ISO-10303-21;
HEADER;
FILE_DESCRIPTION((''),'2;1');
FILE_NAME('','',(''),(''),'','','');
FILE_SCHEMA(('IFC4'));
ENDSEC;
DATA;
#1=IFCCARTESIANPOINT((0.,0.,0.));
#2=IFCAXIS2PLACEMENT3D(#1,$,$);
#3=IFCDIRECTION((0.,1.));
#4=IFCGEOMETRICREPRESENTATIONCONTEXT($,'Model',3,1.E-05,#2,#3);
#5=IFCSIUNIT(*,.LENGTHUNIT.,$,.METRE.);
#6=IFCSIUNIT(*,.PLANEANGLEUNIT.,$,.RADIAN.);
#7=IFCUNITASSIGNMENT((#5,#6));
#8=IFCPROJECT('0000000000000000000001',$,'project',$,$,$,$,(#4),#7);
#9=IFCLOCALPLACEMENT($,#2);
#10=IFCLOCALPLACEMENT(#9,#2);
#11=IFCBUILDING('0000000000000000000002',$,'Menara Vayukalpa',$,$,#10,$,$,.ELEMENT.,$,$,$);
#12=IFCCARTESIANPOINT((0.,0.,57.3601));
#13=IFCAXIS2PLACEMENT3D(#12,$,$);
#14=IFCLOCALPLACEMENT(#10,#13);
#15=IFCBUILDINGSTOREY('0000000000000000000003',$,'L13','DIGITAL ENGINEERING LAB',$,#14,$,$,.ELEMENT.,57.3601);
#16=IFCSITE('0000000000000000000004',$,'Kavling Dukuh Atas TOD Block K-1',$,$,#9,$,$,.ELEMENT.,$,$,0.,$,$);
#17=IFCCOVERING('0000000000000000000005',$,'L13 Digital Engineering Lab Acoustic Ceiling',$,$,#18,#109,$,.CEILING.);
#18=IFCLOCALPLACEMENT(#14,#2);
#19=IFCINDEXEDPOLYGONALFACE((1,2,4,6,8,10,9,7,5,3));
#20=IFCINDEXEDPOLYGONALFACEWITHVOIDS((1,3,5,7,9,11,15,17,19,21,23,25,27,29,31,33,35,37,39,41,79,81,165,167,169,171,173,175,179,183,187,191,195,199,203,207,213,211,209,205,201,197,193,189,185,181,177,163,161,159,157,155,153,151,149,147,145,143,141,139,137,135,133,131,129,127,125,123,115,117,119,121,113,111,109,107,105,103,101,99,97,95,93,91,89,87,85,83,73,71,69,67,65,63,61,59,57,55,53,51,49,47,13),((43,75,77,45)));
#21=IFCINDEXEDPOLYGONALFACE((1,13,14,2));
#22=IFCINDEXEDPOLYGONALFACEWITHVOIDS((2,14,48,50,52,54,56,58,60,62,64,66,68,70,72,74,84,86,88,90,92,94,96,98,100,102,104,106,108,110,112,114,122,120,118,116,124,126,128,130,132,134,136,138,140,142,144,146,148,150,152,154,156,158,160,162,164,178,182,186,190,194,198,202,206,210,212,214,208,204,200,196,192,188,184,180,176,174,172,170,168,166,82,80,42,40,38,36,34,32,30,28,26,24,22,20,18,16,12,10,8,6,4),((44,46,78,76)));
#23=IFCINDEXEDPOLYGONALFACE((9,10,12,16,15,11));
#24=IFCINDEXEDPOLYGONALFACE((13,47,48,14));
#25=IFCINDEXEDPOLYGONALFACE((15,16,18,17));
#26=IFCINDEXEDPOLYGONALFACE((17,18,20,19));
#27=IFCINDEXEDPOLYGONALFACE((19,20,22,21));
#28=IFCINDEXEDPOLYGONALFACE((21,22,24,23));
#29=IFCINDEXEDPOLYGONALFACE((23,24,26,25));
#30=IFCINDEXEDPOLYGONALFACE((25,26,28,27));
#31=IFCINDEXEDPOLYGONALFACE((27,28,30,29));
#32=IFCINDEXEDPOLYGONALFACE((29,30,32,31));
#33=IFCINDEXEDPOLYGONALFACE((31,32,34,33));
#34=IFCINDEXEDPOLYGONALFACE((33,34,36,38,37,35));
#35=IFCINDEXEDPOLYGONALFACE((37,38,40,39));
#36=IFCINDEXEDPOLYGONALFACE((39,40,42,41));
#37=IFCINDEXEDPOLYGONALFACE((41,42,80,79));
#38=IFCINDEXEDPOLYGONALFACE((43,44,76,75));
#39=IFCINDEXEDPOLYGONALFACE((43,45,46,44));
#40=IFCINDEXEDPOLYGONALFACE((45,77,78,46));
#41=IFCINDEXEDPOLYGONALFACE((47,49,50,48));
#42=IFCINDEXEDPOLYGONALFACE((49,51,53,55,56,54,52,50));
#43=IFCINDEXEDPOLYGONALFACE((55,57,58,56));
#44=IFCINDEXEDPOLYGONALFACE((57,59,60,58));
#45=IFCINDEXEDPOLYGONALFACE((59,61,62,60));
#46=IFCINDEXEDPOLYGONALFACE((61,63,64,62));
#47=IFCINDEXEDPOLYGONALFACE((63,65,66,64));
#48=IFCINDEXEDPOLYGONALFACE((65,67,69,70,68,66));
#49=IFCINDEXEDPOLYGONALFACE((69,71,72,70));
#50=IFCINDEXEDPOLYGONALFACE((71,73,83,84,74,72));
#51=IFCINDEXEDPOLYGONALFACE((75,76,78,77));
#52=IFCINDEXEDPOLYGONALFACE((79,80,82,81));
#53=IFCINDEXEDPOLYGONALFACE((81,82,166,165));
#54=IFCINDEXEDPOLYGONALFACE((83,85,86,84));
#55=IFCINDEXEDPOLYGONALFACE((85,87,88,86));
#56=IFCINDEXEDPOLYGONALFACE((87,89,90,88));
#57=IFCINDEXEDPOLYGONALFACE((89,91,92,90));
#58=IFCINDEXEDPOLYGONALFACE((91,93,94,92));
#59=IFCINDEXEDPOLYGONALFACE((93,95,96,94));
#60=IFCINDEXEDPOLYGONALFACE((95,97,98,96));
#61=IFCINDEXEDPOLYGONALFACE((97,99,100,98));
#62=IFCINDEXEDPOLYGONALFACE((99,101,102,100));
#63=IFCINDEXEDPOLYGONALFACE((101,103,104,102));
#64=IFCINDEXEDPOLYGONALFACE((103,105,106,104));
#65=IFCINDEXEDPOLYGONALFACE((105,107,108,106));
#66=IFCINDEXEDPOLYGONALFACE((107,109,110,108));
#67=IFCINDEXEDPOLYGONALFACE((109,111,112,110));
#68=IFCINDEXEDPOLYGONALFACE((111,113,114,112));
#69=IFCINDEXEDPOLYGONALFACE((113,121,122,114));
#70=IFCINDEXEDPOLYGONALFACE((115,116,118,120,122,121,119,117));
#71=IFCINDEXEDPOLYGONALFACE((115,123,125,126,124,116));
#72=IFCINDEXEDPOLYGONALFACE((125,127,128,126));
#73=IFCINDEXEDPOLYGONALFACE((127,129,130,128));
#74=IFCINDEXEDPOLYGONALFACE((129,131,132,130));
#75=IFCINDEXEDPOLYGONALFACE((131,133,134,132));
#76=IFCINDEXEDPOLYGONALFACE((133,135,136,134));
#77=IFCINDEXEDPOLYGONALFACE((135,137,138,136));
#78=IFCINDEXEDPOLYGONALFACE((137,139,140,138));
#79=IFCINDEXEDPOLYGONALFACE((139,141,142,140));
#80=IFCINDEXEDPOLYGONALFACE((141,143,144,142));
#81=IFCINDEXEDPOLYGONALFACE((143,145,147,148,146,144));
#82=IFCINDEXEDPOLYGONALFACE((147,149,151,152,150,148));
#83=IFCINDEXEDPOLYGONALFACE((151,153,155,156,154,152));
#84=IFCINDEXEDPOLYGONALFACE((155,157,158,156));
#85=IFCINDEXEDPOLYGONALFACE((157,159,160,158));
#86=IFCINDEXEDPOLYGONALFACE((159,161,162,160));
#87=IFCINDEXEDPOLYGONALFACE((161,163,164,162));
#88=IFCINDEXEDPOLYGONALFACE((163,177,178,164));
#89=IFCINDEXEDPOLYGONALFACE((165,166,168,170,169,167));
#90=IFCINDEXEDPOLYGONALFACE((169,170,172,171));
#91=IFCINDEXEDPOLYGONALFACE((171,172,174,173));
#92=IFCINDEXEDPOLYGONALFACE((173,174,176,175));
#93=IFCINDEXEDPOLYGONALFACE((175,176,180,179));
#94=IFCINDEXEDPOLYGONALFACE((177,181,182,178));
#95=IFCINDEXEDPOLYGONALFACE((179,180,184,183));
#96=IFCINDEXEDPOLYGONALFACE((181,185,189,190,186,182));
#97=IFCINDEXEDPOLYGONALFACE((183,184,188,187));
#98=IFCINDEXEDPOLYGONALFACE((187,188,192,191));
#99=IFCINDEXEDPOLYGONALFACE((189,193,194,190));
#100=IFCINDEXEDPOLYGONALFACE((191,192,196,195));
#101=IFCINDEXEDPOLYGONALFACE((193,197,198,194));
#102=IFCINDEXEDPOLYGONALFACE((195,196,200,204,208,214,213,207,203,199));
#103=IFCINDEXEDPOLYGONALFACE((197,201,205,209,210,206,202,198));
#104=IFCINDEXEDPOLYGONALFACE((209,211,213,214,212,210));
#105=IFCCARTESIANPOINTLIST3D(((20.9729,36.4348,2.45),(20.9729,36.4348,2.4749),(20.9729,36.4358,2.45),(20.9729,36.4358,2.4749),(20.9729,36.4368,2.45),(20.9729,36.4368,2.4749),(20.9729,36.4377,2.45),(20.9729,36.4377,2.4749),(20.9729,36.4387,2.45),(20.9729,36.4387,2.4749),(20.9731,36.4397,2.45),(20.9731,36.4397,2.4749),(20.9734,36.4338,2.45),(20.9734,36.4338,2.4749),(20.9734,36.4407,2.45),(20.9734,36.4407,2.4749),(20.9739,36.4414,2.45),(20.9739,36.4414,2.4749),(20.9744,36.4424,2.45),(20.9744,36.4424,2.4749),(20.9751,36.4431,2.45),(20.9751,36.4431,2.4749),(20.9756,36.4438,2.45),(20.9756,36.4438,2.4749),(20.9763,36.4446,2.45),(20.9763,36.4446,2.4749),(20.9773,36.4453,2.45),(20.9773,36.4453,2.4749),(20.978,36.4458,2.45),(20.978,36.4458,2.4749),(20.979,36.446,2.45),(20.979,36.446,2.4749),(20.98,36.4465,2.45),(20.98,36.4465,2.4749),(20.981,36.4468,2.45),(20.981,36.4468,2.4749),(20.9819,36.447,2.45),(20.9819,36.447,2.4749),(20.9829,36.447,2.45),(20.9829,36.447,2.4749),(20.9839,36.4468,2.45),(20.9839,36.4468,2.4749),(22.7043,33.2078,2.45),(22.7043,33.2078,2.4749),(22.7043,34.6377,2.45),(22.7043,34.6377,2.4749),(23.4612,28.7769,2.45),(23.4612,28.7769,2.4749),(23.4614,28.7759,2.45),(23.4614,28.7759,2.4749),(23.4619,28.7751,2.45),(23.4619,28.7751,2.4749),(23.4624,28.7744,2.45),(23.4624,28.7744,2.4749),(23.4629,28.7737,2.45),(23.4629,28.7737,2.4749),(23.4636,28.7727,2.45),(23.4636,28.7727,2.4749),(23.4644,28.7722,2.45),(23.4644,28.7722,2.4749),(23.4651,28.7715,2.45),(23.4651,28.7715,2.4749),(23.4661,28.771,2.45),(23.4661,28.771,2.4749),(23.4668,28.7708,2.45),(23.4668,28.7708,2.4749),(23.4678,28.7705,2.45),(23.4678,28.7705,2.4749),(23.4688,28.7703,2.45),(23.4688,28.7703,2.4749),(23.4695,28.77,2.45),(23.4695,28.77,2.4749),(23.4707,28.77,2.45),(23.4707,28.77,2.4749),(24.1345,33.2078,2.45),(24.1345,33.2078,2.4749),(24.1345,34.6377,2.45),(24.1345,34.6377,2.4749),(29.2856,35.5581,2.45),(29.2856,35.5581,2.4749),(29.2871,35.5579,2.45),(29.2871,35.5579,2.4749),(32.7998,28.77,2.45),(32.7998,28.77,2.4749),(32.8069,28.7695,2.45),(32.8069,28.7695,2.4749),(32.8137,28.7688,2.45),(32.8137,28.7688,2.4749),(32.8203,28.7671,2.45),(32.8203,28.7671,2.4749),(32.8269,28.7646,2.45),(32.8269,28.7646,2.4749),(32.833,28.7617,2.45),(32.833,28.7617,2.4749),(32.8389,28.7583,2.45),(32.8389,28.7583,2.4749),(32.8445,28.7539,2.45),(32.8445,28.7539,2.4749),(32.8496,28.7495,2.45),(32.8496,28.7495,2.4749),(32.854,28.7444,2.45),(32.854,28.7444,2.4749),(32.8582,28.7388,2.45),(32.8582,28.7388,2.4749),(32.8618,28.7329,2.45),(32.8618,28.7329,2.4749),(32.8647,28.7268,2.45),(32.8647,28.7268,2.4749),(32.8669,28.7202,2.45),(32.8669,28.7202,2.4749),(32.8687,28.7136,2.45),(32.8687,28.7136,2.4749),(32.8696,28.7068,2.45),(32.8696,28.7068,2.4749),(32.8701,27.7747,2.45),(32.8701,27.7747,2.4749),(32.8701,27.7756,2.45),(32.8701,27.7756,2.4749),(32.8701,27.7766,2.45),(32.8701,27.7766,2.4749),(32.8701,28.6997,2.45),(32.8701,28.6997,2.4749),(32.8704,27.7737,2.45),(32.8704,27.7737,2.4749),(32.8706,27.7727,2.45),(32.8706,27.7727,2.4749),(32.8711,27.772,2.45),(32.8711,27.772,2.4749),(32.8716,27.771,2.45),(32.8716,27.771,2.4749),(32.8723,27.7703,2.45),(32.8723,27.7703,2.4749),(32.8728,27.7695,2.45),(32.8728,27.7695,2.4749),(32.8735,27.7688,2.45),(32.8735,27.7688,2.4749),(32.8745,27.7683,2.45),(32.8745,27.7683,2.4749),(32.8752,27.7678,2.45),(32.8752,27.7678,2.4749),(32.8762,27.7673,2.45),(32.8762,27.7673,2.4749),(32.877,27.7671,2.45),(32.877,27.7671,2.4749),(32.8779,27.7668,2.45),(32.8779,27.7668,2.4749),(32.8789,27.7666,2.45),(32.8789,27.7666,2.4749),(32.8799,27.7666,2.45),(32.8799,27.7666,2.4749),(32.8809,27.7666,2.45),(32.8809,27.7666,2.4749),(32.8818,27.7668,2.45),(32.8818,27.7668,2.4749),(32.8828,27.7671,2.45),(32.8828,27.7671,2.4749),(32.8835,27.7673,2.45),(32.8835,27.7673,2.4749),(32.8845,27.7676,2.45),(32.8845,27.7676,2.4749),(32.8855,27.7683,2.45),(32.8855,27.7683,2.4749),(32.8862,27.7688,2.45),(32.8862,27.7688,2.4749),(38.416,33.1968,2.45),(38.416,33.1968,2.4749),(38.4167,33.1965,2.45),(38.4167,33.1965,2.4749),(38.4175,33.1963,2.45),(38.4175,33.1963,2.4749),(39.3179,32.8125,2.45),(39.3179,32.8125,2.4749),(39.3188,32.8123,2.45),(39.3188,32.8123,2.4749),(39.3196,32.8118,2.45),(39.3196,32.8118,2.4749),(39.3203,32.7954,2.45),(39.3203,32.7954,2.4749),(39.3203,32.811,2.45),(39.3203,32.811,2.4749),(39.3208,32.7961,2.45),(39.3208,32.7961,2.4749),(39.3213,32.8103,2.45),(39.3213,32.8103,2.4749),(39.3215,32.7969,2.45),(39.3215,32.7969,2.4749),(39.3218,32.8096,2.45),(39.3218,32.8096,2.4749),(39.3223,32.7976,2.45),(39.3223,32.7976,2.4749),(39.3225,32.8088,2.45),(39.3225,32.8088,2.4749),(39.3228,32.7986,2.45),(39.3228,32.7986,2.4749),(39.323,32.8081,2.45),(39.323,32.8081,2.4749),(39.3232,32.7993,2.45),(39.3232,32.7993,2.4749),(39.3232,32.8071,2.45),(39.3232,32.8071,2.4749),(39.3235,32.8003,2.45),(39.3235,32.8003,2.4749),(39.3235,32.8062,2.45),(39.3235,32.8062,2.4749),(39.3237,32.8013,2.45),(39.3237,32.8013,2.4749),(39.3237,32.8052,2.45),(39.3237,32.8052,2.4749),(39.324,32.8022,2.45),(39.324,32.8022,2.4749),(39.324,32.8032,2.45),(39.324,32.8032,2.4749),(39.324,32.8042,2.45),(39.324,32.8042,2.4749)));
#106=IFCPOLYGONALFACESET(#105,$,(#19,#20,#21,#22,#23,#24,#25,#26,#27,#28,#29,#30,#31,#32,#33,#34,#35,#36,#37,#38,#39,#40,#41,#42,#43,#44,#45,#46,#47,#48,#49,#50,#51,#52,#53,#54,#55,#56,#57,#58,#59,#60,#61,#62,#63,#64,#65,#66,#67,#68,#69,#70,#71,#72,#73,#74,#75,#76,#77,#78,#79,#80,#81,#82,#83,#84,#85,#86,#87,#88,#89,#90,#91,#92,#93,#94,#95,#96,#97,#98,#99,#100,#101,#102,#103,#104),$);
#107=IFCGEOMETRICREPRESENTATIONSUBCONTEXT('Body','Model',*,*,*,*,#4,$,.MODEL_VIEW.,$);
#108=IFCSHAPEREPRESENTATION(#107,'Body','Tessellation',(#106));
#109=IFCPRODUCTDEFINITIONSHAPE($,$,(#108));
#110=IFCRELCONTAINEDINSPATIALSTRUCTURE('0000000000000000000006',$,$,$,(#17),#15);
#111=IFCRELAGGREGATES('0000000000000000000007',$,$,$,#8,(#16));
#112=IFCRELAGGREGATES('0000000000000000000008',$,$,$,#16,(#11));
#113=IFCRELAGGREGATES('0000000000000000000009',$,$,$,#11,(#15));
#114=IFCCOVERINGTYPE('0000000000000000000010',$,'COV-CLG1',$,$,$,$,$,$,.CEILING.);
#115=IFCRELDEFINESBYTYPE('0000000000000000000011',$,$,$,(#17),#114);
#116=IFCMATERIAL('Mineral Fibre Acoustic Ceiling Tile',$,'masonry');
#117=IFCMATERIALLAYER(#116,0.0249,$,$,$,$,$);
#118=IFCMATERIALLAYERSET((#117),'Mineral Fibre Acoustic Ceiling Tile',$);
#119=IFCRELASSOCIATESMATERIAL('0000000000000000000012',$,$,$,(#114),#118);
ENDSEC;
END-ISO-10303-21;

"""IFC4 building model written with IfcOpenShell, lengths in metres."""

from ifc_helpers import new_model, si_unit, direction, frame, origin, place, context, subcontext, project, spatial, polyline, outline, extrude, material, layer, layer_set, type_object, element, save


model = new_model("IFC4")

# Units and contexts
model_context = context("Model", 3, precision=1e-05, world=origin(), true_north=direction((0.0, 1.0)))
body_context = subcontext(model_context, "Body", "Model", "MODEL_VIEW")
ifc_project = project(units=[si_unit("LENGTHUNIT", "METRE"), si_unit("PLANEANGLEUNIT", "RADIAN")], contexts=[model_context])

# Site, building, storey
site_placement = place(None, origin())
site = spatial("IfcSite", under=ifc_project, at=site_placement, Name="Kavling Dukuh Atas TOD Block K-1", CompositionType="ELEMENT", RefElevation=0.0)
building_placement = place(site_placement, origin())
building = spatial("IfcBuilding", under=site, at=building_placement, Name="Menara Vayukalpa", CompositionType="ELEMENT")
storey_placement = place(building_placement, frame((0.0, 0.0, 57.3601)))
storey = spatial("IfcBuildingStorey", under=building, at=storey_placement, Name="L13", Description="DIGITAL ENGINEERING LAB", CompositionType="ELEMENT", Elevation=57.3601)

# Covering
ifc_material_1 = material(Name="Mineral Fibre Acoustic Ceiling Tile", Category="masonry")
ifc_layer_1 = layer(ifc_material_1, 0.0249)
ifc_layer_set_1 = layer_set([ifc_layer_1], Name="Mineral Fibre Acoustic Ceiling Tile")
covering_type_1 = type_object("IfcCoveringType", Name="COV-CLG1", PredefinedType="CEILING", material=ifc_layer_set_1)
covering_1_placement = place(storey_placement, frame((0.0, 0.0, 2.45)))
element("IfcCovering", 1, at=covering_1_placement, inside=storey, type_object=covering_type_1, Name="L13 Digital Engineering Lab Acoustic Ceiling", PredefinedType="CEILING", context=body_context, shape_type="SweptSolid", body=[
    extrude(outline(polyline([(38.416, 33.1968), (38.4167, 33.1965), (38.4175, 33.1963), (39.3179, 32.8125), (39.3188, 32.8123), (39.3196, 32.8118), (39.3203, 32.811), (39.3213, 32.8103), (39.3218, 32.8096), (39.3225, 32.8088), (39.323, 32.8081), (39.3232, 32.8071), (39.3235, 32.8062), (39.3237, 32.8052), (39.324, 32.8042), (39.324, 32.8032), (39.324, 32.8022), (39.3237, 32.8013), (39.3235, 32.8003), (39.3232, 32.7993), (39.3228, 32.7986), (39.3223, 32.7976), (39.3215, 32.7969), (39.3208, 32.7961), (39.3203, 32.7954), (32.8862, 27.7688), (32.8855, 27.7683), (32.8845, 27.7676), (32.8835, 27.7673), (32.8828, 27.7671), (32.8818, 27.7668), (32.8809, 27.7666), (32.8799, 27.7666), (32.8789, 27.7666), (32.8779, 27.7668), (32.877, 27.7671), (32.8762, 27.7673), (32.8752, 27.7678), (32.8745, 27.7683), (32.8735, 27.7688), (32.8728, 27.7695), (32.8723, 27.7703), (32.8716, 27.771), (32.8711, 27.772), (32.8706, 27.7727), (32.8704, 27.7737), (32.8701, 27.7747), (32.8701, 27.7756), (32.8701, 27.7766), (32.8701, 28.6997), (32.8696, 28.7068), (32.8687, 28.7136), (32.8669, 28.7202), (32.8647, 28.7268), (32.8618, 28.7329), (32.8582, 28.7388), (32.854, 28.7444), (32.8496, 28.7495), (32.8445, 28.7539), (32.8389, 28.7583), (32.833, 28.7617), (32.8269, 28.7646), (32.8203, 28.7671), (32.8137, 28.7688), (32.8069, 28.7695), (32.7998, 28.77), (23.4707, 28.77), (23.4695, 28.77), (23.4688, 28.7703), (23.4678, 28.7705), (23.4668, 28.7708), (23.4661, 28.771), (23.4651, 28.7715), (23.4644, 28.7722), (23.4636, 28.7727), (23.4629, 28.7737), (23.4624, 28.7744), (23.4619, 28.7751), (23.4614, 28.7759), (23.4612, 28.7769), (20.9734, 36.4338), (20.9729, 36.4348), (20.9729, 36.4358), (20.9729, 36.4368), (20.9729, 36.4377), (20.9729, 36.4387), (20.9731, 36.4397), (20.9734, 36.4407), (20.9739, 36.4414), (20.9744, 36.4424), (20.9751, 36.4431), (20.9756, 36.4438), (20.9763, 36.4446), (20.9773, 36.4453), (20.978, 36.4458), (20.979, 36.446), (20.98, 36.4465), (20.981, 36.4468), (20.9819, 36.447), (20.9829, 36.447), (20.9839, 36.4468), (29.2856, 35.5581), (29.2871, 35.5579), (38.416, 33.1968)]), holes=[polyline([(24.1345, 33.2078), (24.1345, 34.6377), (22.7043, 34.6377), (22.7043, 33.2078), (24.1345, 33.2078)])]), origin(), (0.0, 0.0, 1.0), 0.0249),
])

save(model, "model.ifc")
